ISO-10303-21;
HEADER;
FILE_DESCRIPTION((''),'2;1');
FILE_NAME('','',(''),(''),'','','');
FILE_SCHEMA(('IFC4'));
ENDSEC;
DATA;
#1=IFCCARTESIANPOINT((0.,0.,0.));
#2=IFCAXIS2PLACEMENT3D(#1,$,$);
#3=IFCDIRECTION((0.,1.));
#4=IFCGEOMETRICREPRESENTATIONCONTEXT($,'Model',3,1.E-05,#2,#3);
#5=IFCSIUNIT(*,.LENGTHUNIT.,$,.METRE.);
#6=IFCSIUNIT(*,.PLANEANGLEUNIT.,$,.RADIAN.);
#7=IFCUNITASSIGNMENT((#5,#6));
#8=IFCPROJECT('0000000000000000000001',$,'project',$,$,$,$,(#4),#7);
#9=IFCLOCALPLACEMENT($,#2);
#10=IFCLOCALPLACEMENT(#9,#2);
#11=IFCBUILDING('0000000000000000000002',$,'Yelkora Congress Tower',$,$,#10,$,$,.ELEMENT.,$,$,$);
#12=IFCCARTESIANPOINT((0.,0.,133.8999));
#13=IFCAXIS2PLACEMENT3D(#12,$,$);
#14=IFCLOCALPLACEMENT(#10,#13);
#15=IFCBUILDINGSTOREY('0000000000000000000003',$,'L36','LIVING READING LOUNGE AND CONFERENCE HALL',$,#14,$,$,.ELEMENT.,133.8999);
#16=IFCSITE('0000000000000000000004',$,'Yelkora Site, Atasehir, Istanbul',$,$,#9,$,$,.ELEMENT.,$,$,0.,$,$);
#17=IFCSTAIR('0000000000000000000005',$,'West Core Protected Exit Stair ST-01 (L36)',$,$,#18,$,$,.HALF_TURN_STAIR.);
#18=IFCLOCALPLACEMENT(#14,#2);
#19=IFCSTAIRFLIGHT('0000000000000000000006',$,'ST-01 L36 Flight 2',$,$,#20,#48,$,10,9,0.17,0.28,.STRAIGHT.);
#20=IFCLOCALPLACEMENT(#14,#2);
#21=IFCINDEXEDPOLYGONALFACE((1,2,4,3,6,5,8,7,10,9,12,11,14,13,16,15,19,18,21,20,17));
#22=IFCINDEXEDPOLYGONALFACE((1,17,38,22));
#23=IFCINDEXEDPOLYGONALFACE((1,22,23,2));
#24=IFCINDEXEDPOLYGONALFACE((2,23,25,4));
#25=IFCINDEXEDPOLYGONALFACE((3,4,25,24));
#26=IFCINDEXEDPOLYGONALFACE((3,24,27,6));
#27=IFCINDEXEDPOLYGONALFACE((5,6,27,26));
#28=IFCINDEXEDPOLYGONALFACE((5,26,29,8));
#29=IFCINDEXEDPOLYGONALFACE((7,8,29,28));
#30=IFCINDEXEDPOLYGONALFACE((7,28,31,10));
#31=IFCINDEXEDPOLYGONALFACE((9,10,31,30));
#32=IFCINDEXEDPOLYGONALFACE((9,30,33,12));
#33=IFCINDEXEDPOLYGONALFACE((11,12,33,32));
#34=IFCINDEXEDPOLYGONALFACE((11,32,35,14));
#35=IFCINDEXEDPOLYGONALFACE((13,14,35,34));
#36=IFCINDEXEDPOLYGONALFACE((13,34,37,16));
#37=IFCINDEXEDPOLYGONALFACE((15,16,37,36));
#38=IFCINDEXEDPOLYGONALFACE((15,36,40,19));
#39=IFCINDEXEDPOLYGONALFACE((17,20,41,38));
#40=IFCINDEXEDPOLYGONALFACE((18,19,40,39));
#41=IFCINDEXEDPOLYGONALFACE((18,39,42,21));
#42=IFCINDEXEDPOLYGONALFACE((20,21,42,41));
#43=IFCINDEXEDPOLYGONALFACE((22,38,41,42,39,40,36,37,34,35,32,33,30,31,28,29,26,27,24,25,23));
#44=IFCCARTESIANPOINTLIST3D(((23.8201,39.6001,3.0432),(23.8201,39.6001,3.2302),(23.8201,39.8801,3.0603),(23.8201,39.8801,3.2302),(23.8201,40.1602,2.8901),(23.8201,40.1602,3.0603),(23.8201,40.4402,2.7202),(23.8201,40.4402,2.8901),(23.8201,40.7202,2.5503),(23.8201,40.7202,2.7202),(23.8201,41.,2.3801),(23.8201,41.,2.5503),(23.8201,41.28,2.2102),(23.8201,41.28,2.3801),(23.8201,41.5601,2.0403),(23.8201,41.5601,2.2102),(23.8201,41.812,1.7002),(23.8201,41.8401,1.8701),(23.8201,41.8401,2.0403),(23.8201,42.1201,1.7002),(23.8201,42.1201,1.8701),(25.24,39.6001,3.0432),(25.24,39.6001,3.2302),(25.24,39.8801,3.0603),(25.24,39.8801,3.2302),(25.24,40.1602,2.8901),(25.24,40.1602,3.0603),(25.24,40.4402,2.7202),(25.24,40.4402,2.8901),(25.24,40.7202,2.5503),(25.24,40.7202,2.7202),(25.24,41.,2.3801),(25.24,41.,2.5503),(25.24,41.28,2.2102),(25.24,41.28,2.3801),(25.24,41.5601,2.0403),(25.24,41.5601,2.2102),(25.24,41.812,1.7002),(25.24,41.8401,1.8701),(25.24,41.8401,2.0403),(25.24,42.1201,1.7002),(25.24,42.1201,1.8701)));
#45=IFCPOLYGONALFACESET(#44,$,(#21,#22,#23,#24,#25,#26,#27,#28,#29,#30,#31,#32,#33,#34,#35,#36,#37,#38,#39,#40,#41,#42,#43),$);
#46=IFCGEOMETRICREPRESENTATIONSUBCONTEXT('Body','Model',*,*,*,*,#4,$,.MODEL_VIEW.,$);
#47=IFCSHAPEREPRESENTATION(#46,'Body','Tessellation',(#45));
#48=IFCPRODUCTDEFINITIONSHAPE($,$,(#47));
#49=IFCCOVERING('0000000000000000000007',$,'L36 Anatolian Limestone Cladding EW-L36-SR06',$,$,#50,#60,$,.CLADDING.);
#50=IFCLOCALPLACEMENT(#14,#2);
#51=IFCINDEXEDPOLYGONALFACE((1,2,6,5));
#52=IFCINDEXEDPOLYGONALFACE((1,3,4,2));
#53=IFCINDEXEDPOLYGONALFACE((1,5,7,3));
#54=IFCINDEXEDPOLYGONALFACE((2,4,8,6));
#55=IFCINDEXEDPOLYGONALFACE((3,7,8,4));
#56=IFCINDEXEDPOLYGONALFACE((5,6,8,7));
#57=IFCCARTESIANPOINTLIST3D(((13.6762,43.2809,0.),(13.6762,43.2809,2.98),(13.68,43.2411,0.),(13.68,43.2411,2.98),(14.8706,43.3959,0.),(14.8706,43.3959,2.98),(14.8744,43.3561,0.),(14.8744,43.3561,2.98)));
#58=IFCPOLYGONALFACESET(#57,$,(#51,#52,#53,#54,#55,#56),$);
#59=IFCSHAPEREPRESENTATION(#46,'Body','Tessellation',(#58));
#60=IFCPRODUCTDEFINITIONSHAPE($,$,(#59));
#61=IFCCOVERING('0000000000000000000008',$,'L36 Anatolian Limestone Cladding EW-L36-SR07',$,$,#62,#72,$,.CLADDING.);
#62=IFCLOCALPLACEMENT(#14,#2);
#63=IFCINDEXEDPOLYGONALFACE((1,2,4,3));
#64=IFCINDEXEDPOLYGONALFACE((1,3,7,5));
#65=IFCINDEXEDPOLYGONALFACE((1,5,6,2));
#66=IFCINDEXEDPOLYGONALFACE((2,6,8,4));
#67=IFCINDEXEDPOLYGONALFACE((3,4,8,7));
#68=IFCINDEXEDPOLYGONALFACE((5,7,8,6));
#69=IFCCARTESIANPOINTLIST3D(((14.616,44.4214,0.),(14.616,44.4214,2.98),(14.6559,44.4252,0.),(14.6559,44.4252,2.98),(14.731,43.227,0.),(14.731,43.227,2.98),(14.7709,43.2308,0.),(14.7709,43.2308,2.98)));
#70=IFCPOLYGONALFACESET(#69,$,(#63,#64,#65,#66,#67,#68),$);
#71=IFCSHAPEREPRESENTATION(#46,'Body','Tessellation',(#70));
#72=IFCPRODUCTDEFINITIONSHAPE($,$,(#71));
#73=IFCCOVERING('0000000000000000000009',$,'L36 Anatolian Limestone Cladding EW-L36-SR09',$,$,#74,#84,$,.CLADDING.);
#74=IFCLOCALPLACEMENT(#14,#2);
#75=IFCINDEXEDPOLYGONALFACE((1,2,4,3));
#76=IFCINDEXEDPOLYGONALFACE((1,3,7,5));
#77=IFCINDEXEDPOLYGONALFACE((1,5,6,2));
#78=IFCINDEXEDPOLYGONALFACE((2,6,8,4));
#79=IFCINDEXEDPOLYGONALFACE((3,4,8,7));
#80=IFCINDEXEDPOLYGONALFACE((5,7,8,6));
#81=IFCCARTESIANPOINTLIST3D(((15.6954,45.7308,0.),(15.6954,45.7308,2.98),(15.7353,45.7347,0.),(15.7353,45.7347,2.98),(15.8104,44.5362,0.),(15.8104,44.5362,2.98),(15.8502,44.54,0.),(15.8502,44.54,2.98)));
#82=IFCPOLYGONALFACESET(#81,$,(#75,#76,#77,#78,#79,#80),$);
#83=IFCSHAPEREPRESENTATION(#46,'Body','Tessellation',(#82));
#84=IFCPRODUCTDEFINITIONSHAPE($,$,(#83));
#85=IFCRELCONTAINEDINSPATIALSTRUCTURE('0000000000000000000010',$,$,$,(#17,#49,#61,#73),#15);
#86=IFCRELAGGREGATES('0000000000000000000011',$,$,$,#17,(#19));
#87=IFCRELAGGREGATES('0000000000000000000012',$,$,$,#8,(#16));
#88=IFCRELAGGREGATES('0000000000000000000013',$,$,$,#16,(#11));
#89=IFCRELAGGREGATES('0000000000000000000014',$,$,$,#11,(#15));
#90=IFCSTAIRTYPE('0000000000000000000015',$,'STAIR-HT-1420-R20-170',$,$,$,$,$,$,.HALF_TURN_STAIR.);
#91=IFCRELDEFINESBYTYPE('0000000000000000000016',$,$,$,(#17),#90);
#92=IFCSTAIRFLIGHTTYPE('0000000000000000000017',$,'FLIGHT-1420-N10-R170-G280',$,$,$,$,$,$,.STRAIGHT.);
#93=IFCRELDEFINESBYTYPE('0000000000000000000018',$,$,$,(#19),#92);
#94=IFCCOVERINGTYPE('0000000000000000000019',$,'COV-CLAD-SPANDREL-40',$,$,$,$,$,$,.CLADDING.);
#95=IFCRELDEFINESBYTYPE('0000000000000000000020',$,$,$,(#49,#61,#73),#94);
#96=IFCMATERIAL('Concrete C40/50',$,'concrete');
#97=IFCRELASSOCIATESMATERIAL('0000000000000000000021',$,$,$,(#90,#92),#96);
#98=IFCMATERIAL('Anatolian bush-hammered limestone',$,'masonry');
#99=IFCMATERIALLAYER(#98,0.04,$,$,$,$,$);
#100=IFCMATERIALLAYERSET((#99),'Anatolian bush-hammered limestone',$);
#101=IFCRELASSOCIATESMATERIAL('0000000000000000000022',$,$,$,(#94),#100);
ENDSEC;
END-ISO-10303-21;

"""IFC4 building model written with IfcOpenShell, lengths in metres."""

from ifc_helpers import new_model, si_unit, direction, frame, frame_2d, origin, place, context, subcontext, project, spatial, polyline, rectangle, outline, extrude, material, layer, layer_set, type_object, element, aggregate, save


model = new_model("IFC4")

# Units and contexts
model_context = context("Model", 3, precision=1e-05, world=origin(), true_north=direction((0.0, 1.0)))
body_context = subcontext(model_context, "Body", "Model", "MODEL_VIEW")
ifc_project = project(units=[si_unit("LENGTHUNIT", "METRE"), si_unit("PLANEANGLEUNIT", "RADIAN")], contexts=[model_context])

# Site, building, storey
site_placement = place(None, origin())
site = spatial("IfcSite", under=ifc_project, at=site_placement, Name="Yelkora Site, Atasehir, Istanbul", CompositionType="ELEMENT", RefElevation=0.0)
building_placement = place(site_placement, origin())
building = spatial("IfcBuilding", under=site, at=building_placement, Name="Yelkora Congress Tower", CompositionType="ELEMENT")
storey_placement = place(building_placement, frame((0.0, 0.0, 133.8999)))
storey = spatial("IfcBuildingStorey", under=building, at=storey_placement, Name="L36", Description="LIVING READING LOUNGE AND CONFERENCE HALL", CompositionType="ELEMENT", Elevation=133.8999)

# Shared definitions
ifc_material_1 = material(Name="Concrete C40/50", Category="concrete")

# Stair, stair flight
stair_type = type_object("IfcStairType", Name="STAIR-HT-1420-R20-170", PredefinedType="HALF_TURN_STAIR", material=ifc_material_1)
stair_placement = place(storey_placement, origin())
stair = element("IfcStair", 1, at=stair_placement, inside=storey, type_object=stair_type, Name="West Core Protected Exit Stair ST-01 (L36)", PredefinedType="HALF_TURN_STAIR")
stair_flight_type = type_object("IfcStairFlightType", Name="FLIGHT-1420-N10-R170-G280", PredefinedType="STRAIGHT", material=ifc_material_1)
stair_flight_placement = place(storey_placement, frame((24.53, 42.1201, 1.7002), z_axis=(0.0, 0.0, 1.0), x_axis=(0.0, -1.0, 0.0)))
stair_flight = element("IfcStairFlight", 2, at=stair_flight_placement, type_object=stair_flight_type, Name="ST-01 L36 Flight 2", NumberOfRisers=10, NumberOfTreads=9, PredefinedType="STRAIGHT", RiserHeight=0.17, TreadLength=0.28, context=body_context, shape_type="SweptSolid", body=[
    extrude(outline(polyline([(0.0, 0.0), (0.0, 0.1699), (0.28, 0.1699), (0.28, 0.3401), (0.5601, 0.3401), (0.5601, 0.51), (0.8401, 0.51), (0.8401, 0.6799), (1.1201, 0.6799), (1.1201, 0.8501), (1.3999, 0.8501), (1.3999, 1.02), (1.6799, 1.02), (1.6799, 1.1899), (1.96, 1.1899), (1.96, 1.3601), (2.24, 1.3601), (2.24, 1.53), (2.52, 1.53), (2.52, 1.7), (2.52, 1.343), (0.3081, 0.0), (0.0, 0.0)])), frame((0.0, 0.71, 0.0), z_axis=(0.0, -1.0, 0.0), x_axis=(1.0, 0.0, 0.0)), (0.0, 0.0, 1.0), 1.4199),
])
aggregate(stair, [stair_flight])

# Coverings
ifc_material_2 = material(Name="Anatolian bush-hammered limestone", Category="masonry")
ifc_layer_1 = layer(ifc_material_2, 0.04)
ifc_layer_set_1 = layer_set([ifc_layer_1], Name="Anatolian bush-hammered limestone")
covering_type = type_object("IfcCoveringType", Name="COV-CLAD-SPANDREL-40", PredefinedType="CLADDING", material=ifc_layer_set_1)
for number, where, z_axis, x_axis, name in (
    (3, (13.678, 43.261, 0.0), (0.0, 0.0, 1.0), (0.995397, 0.095836, 0.0), "L36 Anatolian Limestone Cladding EW-L36-SR06"),
    (4, (14.751, 43.2288, 0.0), (0.0, 0.0, 1.0), (-0.095836, 0.995397, 0.0), "L36 Anatolian Limestone Cladding EW-L36-SR07"),
):
    element("IfcCovering", number, at=place(storey_placement, frame(where, z_axis=z_axis, x_axis=x_axis)), inside=storey, type_object=covering_type, Name=name, PredefinedType="CLADDING", context=body_context, shape_type="SweptSolid", body=[
        extrude(rectangle(XDim=1.2, YDim=0.04, at=frame_2d((0.6001, 0.0))), origin(), (0.0, 0.0, 1.0), 2.98),
    ])
covering_placement = place(storey_placement, frame((15.8303, 44.5381, 0.0), z_axis=(0.0, 0.0, 1.0), x_axis=(-0.095817, 0.995399, 0.0)))
element("IfcCovering", 5, at=covering_placement, inside=storey, type_object=covering_type, Name="L36 Anatolian Limestone Cladding EW-L36-SR09", PredefinedType="CLADDING", context=body_context, shape_type="SweptSolid", body=[
    extrude(rectangle(XDim=1.2002, YDim=0.04, at=frame_2d((0.6001, 0.0))), origin(), (0.0, 0.0, 1.0), 2.98),
])

save(model, "model.ifc")
